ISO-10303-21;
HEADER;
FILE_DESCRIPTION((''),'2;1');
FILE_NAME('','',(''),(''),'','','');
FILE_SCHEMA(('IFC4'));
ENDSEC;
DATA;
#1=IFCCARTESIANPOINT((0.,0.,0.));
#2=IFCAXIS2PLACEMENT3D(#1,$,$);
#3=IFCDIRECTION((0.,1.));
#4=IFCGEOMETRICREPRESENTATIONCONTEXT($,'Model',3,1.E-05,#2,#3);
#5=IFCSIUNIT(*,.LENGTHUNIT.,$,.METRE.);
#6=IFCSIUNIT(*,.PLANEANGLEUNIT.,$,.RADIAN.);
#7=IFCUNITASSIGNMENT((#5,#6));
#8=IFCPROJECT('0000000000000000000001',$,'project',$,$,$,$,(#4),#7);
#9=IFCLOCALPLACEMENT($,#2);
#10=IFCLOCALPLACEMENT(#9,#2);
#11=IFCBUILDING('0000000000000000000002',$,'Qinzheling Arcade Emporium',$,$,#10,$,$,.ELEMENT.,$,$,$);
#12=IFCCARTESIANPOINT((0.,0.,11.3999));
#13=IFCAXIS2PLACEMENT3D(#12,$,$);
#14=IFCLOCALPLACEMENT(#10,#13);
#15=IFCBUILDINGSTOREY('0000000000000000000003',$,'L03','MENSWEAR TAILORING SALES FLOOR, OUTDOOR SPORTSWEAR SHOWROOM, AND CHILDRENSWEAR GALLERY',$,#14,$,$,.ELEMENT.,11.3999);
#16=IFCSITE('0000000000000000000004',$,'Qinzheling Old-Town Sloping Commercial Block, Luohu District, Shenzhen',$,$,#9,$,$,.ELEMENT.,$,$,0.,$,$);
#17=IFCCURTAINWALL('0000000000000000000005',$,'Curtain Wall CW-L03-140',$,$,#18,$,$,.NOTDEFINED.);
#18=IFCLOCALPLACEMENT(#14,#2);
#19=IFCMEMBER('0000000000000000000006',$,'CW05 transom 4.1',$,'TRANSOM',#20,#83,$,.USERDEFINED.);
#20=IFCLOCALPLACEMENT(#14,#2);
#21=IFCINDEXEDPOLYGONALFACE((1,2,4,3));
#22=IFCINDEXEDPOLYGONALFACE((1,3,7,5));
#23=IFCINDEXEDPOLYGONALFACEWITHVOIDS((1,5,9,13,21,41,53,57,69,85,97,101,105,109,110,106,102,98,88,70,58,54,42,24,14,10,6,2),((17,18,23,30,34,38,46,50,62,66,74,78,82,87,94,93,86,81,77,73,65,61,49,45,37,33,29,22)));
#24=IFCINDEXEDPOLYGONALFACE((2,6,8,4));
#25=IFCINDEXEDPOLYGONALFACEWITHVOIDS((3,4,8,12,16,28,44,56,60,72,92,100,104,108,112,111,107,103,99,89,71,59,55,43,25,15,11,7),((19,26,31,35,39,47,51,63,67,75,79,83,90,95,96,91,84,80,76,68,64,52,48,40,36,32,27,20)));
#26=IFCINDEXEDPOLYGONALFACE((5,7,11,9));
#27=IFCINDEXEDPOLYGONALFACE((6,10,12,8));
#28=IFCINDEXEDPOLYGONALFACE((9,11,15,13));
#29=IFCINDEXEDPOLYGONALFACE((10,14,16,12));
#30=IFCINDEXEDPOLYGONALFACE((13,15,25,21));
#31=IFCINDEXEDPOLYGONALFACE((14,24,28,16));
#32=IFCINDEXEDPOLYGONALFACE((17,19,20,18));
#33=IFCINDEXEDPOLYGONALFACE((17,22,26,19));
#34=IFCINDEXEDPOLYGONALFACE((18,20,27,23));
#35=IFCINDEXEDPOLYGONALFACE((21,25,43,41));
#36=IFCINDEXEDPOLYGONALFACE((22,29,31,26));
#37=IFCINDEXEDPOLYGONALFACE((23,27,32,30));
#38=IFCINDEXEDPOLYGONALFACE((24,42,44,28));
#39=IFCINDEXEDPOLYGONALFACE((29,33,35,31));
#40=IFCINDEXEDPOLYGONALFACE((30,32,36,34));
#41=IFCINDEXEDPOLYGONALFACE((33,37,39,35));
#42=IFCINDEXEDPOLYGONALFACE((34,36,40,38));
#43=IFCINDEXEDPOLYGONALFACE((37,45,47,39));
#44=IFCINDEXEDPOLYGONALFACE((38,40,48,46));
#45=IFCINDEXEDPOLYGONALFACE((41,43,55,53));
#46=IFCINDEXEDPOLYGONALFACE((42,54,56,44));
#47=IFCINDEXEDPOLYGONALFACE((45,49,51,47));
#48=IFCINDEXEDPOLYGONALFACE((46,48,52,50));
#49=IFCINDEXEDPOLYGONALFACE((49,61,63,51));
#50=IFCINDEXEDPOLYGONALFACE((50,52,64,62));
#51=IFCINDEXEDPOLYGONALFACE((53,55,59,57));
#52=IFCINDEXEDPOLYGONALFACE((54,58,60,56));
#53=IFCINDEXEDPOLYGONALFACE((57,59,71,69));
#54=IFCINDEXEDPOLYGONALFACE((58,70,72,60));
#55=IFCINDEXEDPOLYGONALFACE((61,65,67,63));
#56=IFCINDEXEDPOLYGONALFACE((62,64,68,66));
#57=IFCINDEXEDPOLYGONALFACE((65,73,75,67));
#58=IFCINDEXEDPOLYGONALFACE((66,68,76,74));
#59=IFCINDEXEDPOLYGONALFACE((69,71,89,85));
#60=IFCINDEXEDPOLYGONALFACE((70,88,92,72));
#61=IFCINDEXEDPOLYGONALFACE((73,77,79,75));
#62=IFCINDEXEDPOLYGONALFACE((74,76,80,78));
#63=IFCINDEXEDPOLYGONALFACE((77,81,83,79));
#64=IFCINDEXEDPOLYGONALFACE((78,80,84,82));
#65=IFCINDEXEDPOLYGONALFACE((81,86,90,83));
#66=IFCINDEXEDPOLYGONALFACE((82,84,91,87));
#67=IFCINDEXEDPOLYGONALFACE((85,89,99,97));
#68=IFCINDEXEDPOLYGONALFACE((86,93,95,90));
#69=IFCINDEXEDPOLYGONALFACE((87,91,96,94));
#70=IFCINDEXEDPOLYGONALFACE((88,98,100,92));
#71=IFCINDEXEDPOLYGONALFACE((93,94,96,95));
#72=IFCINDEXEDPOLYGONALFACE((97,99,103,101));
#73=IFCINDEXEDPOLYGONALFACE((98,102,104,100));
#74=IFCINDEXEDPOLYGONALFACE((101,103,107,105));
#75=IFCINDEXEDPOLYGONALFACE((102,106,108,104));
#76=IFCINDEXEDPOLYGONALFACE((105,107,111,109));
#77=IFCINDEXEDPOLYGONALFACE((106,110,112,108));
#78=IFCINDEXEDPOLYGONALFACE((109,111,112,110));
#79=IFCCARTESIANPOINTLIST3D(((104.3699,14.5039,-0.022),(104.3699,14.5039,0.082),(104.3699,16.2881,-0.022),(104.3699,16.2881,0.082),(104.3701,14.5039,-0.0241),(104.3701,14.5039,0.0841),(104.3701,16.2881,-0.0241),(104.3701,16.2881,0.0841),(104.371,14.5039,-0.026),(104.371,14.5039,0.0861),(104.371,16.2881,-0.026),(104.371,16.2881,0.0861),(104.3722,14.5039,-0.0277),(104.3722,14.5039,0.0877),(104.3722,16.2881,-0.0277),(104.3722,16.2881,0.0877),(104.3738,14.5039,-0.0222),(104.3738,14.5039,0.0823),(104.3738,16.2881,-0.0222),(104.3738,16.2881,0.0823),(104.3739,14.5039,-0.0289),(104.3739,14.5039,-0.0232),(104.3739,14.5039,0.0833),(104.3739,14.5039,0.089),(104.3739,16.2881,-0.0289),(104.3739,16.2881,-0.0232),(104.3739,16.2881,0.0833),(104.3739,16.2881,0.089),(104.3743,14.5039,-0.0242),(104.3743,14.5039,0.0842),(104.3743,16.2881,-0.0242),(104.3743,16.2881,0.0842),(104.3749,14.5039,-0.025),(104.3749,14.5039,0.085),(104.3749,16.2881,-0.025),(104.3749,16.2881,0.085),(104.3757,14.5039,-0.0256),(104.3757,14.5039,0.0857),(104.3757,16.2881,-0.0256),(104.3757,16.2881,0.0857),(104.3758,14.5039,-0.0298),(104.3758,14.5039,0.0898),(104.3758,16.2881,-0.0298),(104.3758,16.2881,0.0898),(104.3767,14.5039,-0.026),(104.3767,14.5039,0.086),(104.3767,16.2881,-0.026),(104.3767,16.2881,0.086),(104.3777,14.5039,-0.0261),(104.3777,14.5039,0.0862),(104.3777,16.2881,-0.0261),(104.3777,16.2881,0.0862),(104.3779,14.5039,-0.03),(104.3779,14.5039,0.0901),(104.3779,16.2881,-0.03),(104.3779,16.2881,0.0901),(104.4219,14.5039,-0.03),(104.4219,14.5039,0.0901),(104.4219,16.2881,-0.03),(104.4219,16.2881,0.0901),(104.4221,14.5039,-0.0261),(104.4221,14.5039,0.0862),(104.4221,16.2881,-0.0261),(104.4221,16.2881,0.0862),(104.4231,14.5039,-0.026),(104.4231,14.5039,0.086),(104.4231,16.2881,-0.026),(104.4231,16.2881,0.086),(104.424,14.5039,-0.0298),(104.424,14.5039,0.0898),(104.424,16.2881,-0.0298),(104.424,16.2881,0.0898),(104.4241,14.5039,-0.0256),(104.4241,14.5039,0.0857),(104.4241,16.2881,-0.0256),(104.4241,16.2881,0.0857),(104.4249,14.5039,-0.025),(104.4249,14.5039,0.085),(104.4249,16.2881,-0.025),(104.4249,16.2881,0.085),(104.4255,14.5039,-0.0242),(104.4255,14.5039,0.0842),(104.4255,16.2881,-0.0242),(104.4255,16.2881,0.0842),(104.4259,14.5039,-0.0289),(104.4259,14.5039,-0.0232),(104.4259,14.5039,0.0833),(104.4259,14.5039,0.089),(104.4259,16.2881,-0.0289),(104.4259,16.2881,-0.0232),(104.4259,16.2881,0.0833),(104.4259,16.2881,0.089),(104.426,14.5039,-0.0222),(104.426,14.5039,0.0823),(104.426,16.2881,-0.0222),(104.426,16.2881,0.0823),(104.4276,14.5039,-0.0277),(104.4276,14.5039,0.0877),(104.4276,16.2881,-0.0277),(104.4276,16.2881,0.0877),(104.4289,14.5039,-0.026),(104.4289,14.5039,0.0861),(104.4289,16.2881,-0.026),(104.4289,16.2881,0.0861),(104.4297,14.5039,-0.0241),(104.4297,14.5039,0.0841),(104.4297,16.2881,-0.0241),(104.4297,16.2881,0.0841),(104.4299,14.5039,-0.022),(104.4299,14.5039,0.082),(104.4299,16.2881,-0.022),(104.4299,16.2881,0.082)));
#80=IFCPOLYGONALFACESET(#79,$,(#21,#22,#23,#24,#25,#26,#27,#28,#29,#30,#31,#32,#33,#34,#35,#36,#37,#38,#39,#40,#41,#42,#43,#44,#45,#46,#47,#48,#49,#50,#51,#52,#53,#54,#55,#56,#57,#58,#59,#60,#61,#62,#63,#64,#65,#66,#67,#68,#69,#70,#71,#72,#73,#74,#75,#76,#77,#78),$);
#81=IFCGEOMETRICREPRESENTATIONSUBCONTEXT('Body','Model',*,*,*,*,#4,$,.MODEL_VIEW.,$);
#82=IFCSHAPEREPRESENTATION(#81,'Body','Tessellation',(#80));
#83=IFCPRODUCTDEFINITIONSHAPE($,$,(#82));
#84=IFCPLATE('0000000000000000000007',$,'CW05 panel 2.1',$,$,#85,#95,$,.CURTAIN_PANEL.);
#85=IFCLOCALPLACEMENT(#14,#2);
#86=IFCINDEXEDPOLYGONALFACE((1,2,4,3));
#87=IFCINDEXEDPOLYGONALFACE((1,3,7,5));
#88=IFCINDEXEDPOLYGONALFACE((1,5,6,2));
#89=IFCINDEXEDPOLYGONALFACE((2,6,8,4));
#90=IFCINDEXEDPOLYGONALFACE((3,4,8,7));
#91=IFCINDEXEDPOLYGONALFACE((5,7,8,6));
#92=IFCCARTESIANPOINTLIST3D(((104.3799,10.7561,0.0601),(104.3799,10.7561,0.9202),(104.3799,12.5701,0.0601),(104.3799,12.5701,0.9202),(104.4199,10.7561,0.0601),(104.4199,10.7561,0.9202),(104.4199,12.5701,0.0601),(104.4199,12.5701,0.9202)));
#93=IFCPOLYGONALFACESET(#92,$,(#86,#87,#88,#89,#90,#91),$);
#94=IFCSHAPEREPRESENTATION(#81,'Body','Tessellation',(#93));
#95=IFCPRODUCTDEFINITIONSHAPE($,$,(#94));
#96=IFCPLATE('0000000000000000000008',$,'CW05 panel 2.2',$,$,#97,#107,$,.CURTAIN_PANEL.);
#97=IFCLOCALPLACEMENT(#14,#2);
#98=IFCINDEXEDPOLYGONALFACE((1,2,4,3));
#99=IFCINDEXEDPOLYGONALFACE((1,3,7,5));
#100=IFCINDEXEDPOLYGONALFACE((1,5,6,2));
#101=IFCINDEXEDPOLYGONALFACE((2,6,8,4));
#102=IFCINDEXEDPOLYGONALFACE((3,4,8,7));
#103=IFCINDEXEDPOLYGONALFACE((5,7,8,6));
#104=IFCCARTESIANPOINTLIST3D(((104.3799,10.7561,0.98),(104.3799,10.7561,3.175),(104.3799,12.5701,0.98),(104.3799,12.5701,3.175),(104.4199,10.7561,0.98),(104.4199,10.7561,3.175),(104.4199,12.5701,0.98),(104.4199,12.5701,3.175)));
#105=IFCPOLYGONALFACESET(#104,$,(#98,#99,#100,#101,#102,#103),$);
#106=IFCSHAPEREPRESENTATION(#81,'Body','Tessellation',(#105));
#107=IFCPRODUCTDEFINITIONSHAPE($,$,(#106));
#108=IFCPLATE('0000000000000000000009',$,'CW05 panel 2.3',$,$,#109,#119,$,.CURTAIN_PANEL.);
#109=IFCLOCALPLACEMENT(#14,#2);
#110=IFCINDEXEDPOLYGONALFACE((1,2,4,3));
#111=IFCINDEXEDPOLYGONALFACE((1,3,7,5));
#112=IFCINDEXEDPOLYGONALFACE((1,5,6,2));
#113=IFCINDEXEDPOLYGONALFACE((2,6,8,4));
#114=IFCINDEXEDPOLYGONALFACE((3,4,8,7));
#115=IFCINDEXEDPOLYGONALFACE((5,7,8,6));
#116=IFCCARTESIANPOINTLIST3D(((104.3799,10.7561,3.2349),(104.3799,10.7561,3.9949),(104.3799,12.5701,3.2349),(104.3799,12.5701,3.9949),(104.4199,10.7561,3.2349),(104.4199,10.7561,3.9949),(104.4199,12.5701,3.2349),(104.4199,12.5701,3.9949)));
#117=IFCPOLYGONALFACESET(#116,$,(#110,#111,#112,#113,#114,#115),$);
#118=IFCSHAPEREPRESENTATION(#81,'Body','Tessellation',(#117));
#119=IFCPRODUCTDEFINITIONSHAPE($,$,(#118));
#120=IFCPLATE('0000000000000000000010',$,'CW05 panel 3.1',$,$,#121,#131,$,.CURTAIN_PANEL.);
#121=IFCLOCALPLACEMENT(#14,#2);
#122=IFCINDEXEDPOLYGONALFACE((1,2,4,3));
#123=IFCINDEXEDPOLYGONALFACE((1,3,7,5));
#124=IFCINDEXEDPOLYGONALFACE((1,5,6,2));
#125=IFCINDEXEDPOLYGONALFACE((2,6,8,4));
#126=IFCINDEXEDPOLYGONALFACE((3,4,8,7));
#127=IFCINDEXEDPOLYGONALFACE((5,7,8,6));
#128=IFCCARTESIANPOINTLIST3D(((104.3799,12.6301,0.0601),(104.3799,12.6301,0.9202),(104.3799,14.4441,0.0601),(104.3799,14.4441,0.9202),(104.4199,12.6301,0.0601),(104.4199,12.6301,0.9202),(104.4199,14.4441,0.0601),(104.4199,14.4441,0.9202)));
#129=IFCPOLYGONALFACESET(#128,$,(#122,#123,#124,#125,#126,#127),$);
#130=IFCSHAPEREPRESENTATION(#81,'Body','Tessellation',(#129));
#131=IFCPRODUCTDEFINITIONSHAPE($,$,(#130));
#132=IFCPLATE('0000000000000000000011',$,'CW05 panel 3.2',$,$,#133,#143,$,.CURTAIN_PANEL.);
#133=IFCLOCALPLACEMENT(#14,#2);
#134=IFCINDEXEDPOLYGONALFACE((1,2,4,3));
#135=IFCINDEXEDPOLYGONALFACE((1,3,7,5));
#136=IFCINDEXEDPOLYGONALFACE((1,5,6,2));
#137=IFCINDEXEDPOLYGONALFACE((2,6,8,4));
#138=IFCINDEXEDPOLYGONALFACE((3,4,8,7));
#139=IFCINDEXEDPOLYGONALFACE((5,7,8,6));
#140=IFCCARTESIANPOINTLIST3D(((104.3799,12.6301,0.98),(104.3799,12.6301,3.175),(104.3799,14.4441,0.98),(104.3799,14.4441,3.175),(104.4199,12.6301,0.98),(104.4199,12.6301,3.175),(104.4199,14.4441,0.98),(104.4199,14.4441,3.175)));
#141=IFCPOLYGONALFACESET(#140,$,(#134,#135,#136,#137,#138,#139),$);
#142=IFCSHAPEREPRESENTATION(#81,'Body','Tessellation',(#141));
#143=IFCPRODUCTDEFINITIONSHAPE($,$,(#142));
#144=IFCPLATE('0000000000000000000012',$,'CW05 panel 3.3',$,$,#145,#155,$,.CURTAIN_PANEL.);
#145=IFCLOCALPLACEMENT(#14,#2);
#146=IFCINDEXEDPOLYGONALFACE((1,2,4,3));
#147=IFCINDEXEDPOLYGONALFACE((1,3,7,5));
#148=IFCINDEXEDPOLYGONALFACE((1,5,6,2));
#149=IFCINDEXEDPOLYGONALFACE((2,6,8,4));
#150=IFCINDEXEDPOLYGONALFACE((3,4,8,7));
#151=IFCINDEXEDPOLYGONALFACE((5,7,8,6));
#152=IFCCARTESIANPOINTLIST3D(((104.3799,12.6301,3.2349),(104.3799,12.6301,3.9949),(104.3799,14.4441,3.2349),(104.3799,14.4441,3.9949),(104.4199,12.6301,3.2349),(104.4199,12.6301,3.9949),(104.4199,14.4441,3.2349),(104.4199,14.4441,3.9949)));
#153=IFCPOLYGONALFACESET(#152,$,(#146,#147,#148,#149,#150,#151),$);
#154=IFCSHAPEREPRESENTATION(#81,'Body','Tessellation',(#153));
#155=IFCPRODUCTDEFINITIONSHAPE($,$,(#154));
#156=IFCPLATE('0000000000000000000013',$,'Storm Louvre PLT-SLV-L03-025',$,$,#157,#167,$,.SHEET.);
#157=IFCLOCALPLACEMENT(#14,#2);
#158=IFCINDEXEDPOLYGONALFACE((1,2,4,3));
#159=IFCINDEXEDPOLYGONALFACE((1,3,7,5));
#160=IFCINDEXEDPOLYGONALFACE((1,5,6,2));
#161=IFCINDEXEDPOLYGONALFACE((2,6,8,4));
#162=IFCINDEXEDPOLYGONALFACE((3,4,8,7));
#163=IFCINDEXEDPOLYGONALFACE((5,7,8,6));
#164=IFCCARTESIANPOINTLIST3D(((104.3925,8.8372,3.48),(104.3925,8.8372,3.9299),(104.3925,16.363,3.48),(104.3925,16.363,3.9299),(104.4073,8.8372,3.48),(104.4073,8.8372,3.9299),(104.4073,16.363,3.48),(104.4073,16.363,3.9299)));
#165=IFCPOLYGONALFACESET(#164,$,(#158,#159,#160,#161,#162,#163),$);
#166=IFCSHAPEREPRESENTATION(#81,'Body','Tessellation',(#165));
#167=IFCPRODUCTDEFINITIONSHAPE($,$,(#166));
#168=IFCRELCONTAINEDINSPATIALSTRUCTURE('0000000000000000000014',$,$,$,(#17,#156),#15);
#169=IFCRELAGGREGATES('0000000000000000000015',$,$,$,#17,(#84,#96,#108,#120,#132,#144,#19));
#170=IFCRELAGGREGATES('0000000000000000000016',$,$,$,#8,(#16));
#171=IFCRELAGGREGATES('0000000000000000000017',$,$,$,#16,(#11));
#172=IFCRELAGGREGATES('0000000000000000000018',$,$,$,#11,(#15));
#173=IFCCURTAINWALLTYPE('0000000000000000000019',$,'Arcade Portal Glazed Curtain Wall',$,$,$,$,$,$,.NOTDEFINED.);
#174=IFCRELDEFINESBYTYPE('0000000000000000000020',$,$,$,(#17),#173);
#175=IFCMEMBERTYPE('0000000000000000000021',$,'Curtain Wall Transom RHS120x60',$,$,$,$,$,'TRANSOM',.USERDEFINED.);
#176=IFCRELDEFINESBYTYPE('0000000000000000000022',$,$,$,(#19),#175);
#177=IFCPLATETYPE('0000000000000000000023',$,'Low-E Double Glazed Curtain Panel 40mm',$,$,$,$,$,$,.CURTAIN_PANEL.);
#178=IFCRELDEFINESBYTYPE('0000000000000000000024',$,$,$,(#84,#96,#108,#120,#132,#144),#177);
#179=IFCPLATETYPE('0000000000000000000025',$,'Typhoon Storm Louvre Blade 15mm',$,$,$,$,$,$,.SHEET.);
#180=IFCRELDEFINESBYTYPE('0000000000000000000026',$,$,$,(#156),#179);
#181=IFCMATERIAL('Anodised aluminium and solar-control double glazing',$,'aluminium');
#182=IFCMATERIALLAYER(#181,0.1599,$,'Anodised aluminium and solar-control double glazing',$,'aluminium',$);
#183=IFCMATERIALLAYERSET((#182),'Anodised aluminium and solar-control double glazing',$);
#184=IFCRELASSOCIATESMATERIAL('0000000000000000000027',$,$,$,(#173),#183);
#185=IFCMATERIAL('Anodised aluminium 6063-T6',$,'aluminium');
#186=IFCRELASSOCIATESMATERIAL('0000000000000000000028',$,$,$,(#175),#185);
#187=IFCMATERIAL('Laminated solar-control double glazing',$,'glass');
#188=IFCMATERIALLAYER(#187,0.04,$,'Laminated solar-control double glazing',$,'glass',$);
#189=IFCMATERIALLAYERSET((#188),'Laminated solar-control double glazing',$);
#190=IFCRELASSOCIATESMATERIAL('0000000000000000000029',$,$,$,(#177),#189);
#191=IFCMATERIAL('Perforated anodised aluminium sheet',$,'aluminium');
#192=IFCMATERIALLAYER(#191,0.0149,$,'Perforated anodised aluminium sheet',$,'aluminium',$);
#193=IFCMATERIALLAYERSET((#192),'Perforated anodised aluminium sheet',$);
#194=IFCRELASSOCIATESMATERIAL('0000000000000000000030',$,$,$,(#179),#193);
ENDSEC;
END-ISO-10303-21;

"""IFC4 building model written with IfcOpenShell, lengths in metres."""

from ifc_helpers import new_model, si_unit, direction, frame, origin, origin_2d, place, context, subcontext, project, spatial, rectangle, hollow_rectangle, extrude, material, layer, layer_set, material_profile, profile_set, type_object, element, aggregate, save


model = new_model("IFC4")

# Units and contexts
model_context = context("Model", 3, precision=1e-05, world=origin(), true_north=direction((0.0, 1.0)))
body_context = subcontext(model_context, "Body", "Model", "MODEL_VIEW")
ifc_project = project(units=[si_unit("LENGTHUNIT", "METRE"), si_unit("PLANEANGLEUNIT", "RADIAN")], contexts=[model_context])

# Site, building, storey
site_placement = place(None, origin())
site = spatial("IfcSite", under=ifc_project, at=site_placement, Name="Qinzheling Old-Town Sloping Commercial Block, Luohu District, Shenzhen", CompositionType="ELEMENT", RefElevation=0.0)
building_placement = place(site_placement, origin())
building = spatial("IfcBuilding", under=site, at=building_placement, Name="Qinzheling Arcade Emporium", CompositionType="ELEMENT")
storey_placement = place(building_placement, frame((0.0, 0.0, 11.3999)))
storey = spatial("IfcBuildingStorey", under=building, at=storey_placement, Name="L03", Description="MENSWEAR TAILORING SALES FLOOR, OUTDOOR SPORTSWEAR SHOWROOM, AND CHILDRENSWEAR GALLERY", CompositionType="ELEMENT", Elevation=11.3999)

# Curtain wall, member, plates
ifc_material_1 = material(Name="Anodised aluminium and solar-control double glazing", Category="aluminium")
ifc_layer_1 = layer(ifc_material_1, 0.1599, Name="Anodised aluminium and solar-control double glazing", Category="aluminium")
ifc_layer_set_1 = layer_set([ifc_layer_1], Name="Anodised aluminium and solar-control double glazing")
curtain_wall_type = type_object("IfcCurtainWallType", Name="Arcade Portal Glazed Curtain Wall", PredefinedType="NOTDEFINED", material=ifc_layer_set_1)
curtain_wall_placement = place(storey_placement, origin())
curtain_wall = element("IfcCurtainWall", 1, at=curtain_wall_placement, inside=storey, type_object=curtain_wall_type, Name="Curtain Wall CW-L03-140", PredefinedType="NOTDEFINED")
ifc_material_2 = material(Name="Anodised aluminium 6063-T6", Category="aluminium")
ifc_material_profile_1 = material_profile(ifc_material_2, hollow_rectangle(XDim=0.0601, YDim=0.1201, WallThickness=0.0039, InnerFilletRadius=0.0039, OuterFilletRadius=0.0081, at=origin_2d()), Name="RHS 120x60x4", Category="aluminium")
ifc_profile_set_1 = profile_set([ifc_material_profile_1], Name="Anodised aluminium 6063-T6")
member_type_1 = type_object("IfcMemberType", Name="Curtain Wall Transom RHS120x60", ElementType="TRANSOM", PredefinedType="USERDEFINED", material=ifc_profile_set_1)
member_1_placement = place(storey_placement, frame((104.3999, 14.5039, 0.03), z_axis=(0.0, 1.0, 0.0), x_axis=(-1.0, 0.0, 0.0)))
member_1 = element("IfcMember", 2, at=member_1_placement, type_object=member_type_1, Name="CW05 transom 4.1", ObjectType="TRANSOM", PredefinedType="USERDEFINED", context=body_context, shape_type="SweptSolid", body=[
    extrude(hollow_rectangle(XDim=0.0601, YDim=0.1201, WallThickness=0.0039, InnerFilletRadius=0.0039, OuterFilletRadius=0.0081, at=origin_2d()), origin(), (0.0, 0.0, 1.0), 1.7842),
])
ifc_material_3 = material(Name="Laminated solar-control double glazing", Category="glass")
ifc_layer_2 = layer(ifc_material_3, 0.04, Name="Laminated solar-control double glazing", Category="glass")
ifc_layer_set_2 = layer_set([ifc_layer_2], Name="Laminated solar-control double glazing")
plate_type_1 = type_object("IfcPlateType", Name="Low-E Double Glazed Curtain Panel 40mm", PredefinedType="CURTAIN_PANEL", material=ifc_layer_set_2)
plate_1_placement = place(storey_placement, frame((104.3999, 11.6631, 0.0601), z_axis=(0.0, 0.0, 1.0), x_axis=(0.0, 1.0, 0.0)))
plate_1 = element("IfcPlate", 3, at=plate_1_placement, type_object=plate_type_1, Name="CW05 panel 2.1", PredefinedType="CURTAIN_PANEL", context=body_context, shape_type="SweptSolid", body=[
    extrude(rectangle(XDim=1.814, YDim=0.04, at=origin_2d()), origin(), (0.0, 0.0, 1.0), 0.8601),
])
plate_2_placement = place(storey_placement, frame((104.3999, 11.6631, 0.98), z_axis=(0.0, 0.0, 1.0), x_axis=(0.0, 1.0, 0.0)))
plate_2 = element("IfcPlate", 4, at=plate_2_placement, type_object=plate_type_1, Name="CW05 panel 2.2", PredefinedType="CURTAIN_PANEL", context=body_context, shape_type="SweptSolid", body=[
    extrude(rectangle(XDim=1.814, YDim=0.04, at=origin_2d()), origin(), (0.0, 0.0, 1.0), 2.1951),
])
plate_3_placement = place(storey_placement, frame((104.3999, 11.6631, 3.2349), z_axis=(0.0, 0.0, 1.0), x_axis=(0.0, 1.0, 0.0)))
plate_3 = element("IfcPlate", 5, at=plate_3_placement, type_object=plate_type_1, Name="CW05 panel 2.3", PredefinedType="CURTAIN_PANEL", context=body_context, shape_type="SweptSolid", body=[
    extrude(rectangle(XDim=1.814, YDim=0.04, at=origin_2d()), origin(), (0.0, 0.0, 1.0), 0.76),
])
plate_4_placement = place(storey_placement, frame((104.3999, 13.5371, 0.0601), z_axis=(0.0, 0.0, 1.0), x_axis=(0.0, 1.0, 0.0)))
plate_4 = element("IfcPlate", 6, at=plate_4_placement, type_object=plate_type_1, Name="CW05 panel 3.1", PredefinedType="CURTAIN_PANEL", context=body_context, shape_type="SweptSolid", body=[
    extrude(rectangle(XDim=1.814, YDim=0.04, at=origin_2d()), origin(), (0.0, 0.0, 1.0), 0.8601),
])
plate_5_placement = place(storey_placement, frame((104.3999, 13.5371, 0.98), z_axis=(0.0, 0.0, 1.0), x_axis=(0.0, 1.0, 0.0)))
plate_5 = element("IfcPlate", 7, at=plate_5_placement, type_object=plate_type_1, Name="CW05 panel 3.2", PredefinedType="CURTAIN_PANEL", context=body_context, shape_type="SweptSolid", body=[
    extrude(rectangle(XDim=1.814, YDim=0.04, at=origin_2d()), origin(), (0.0, 0.0, 1.0), 2.1951),
])
plate_6_placement = place(storey_placement, frame((104.3999, 13.5371, 3.2349), z_axis=(0.0, 0.0, 1.0), x_axis=(0.0, 1.0, 0.0)))
plate_6 = element("IfcPlate", 8, at=plate_6_placement, type_object=plate_type_1, Name="CW05 panel 3.3", PredefinedType="CURTAIN_PANEL", context=body_context, shape_type="SweptSolid", body=[
    extrude(rectangle(XDim=1.814, YDim=0.04, at=origin_2d()), origin(), (0.0, 0.0, 1.0), 0.76),
])
aggregate(curtain_wall, [plate_1, plate_2, plate_3, plate_4, plate_5, plate_6, member_1])

# Plate
ifc_material_4 = material(Name="Perforated anodised aluminium sheet", Category="aluminium")
ifc_layer_3 = layer(ifc_material_4, 0.0149, Name="Perforated anodised aluminium sheet", Category="aluminium")
ifc_layer_set_3 = layer_set([ifc_layer_3], Name="Perforated anodised aluminium sheet")
plate_type_2 = type_object("IfcPlateType", Name="Typhoon Storm Louvre Blade 15mm", PredefinedType="SHEET", material=ifc_layer_set_3)
plate_7_placement = place(storey_placement, frame((104.3999, 12.6001, 3.48), z_axis=(0.0, 0.0, 1.0), x_axis=(0.0, 1.0, 0.0)))
element("IfcPlate", 9, at=plate_7_placement, inside=storey, type_object=plate_type_2, Name="Storm Louvre PLT-SLV-L03-025", PredefinedType="SHEET", context=body_context, shape_type="SweptSolid", body=[
    extrude(rectangle(XDim=7.5259, YDim=0.0149, at=origin_2d()), origin(), (0.0, 0.0, 1.0), 0.45),
])

save(model, "model.ifc")
